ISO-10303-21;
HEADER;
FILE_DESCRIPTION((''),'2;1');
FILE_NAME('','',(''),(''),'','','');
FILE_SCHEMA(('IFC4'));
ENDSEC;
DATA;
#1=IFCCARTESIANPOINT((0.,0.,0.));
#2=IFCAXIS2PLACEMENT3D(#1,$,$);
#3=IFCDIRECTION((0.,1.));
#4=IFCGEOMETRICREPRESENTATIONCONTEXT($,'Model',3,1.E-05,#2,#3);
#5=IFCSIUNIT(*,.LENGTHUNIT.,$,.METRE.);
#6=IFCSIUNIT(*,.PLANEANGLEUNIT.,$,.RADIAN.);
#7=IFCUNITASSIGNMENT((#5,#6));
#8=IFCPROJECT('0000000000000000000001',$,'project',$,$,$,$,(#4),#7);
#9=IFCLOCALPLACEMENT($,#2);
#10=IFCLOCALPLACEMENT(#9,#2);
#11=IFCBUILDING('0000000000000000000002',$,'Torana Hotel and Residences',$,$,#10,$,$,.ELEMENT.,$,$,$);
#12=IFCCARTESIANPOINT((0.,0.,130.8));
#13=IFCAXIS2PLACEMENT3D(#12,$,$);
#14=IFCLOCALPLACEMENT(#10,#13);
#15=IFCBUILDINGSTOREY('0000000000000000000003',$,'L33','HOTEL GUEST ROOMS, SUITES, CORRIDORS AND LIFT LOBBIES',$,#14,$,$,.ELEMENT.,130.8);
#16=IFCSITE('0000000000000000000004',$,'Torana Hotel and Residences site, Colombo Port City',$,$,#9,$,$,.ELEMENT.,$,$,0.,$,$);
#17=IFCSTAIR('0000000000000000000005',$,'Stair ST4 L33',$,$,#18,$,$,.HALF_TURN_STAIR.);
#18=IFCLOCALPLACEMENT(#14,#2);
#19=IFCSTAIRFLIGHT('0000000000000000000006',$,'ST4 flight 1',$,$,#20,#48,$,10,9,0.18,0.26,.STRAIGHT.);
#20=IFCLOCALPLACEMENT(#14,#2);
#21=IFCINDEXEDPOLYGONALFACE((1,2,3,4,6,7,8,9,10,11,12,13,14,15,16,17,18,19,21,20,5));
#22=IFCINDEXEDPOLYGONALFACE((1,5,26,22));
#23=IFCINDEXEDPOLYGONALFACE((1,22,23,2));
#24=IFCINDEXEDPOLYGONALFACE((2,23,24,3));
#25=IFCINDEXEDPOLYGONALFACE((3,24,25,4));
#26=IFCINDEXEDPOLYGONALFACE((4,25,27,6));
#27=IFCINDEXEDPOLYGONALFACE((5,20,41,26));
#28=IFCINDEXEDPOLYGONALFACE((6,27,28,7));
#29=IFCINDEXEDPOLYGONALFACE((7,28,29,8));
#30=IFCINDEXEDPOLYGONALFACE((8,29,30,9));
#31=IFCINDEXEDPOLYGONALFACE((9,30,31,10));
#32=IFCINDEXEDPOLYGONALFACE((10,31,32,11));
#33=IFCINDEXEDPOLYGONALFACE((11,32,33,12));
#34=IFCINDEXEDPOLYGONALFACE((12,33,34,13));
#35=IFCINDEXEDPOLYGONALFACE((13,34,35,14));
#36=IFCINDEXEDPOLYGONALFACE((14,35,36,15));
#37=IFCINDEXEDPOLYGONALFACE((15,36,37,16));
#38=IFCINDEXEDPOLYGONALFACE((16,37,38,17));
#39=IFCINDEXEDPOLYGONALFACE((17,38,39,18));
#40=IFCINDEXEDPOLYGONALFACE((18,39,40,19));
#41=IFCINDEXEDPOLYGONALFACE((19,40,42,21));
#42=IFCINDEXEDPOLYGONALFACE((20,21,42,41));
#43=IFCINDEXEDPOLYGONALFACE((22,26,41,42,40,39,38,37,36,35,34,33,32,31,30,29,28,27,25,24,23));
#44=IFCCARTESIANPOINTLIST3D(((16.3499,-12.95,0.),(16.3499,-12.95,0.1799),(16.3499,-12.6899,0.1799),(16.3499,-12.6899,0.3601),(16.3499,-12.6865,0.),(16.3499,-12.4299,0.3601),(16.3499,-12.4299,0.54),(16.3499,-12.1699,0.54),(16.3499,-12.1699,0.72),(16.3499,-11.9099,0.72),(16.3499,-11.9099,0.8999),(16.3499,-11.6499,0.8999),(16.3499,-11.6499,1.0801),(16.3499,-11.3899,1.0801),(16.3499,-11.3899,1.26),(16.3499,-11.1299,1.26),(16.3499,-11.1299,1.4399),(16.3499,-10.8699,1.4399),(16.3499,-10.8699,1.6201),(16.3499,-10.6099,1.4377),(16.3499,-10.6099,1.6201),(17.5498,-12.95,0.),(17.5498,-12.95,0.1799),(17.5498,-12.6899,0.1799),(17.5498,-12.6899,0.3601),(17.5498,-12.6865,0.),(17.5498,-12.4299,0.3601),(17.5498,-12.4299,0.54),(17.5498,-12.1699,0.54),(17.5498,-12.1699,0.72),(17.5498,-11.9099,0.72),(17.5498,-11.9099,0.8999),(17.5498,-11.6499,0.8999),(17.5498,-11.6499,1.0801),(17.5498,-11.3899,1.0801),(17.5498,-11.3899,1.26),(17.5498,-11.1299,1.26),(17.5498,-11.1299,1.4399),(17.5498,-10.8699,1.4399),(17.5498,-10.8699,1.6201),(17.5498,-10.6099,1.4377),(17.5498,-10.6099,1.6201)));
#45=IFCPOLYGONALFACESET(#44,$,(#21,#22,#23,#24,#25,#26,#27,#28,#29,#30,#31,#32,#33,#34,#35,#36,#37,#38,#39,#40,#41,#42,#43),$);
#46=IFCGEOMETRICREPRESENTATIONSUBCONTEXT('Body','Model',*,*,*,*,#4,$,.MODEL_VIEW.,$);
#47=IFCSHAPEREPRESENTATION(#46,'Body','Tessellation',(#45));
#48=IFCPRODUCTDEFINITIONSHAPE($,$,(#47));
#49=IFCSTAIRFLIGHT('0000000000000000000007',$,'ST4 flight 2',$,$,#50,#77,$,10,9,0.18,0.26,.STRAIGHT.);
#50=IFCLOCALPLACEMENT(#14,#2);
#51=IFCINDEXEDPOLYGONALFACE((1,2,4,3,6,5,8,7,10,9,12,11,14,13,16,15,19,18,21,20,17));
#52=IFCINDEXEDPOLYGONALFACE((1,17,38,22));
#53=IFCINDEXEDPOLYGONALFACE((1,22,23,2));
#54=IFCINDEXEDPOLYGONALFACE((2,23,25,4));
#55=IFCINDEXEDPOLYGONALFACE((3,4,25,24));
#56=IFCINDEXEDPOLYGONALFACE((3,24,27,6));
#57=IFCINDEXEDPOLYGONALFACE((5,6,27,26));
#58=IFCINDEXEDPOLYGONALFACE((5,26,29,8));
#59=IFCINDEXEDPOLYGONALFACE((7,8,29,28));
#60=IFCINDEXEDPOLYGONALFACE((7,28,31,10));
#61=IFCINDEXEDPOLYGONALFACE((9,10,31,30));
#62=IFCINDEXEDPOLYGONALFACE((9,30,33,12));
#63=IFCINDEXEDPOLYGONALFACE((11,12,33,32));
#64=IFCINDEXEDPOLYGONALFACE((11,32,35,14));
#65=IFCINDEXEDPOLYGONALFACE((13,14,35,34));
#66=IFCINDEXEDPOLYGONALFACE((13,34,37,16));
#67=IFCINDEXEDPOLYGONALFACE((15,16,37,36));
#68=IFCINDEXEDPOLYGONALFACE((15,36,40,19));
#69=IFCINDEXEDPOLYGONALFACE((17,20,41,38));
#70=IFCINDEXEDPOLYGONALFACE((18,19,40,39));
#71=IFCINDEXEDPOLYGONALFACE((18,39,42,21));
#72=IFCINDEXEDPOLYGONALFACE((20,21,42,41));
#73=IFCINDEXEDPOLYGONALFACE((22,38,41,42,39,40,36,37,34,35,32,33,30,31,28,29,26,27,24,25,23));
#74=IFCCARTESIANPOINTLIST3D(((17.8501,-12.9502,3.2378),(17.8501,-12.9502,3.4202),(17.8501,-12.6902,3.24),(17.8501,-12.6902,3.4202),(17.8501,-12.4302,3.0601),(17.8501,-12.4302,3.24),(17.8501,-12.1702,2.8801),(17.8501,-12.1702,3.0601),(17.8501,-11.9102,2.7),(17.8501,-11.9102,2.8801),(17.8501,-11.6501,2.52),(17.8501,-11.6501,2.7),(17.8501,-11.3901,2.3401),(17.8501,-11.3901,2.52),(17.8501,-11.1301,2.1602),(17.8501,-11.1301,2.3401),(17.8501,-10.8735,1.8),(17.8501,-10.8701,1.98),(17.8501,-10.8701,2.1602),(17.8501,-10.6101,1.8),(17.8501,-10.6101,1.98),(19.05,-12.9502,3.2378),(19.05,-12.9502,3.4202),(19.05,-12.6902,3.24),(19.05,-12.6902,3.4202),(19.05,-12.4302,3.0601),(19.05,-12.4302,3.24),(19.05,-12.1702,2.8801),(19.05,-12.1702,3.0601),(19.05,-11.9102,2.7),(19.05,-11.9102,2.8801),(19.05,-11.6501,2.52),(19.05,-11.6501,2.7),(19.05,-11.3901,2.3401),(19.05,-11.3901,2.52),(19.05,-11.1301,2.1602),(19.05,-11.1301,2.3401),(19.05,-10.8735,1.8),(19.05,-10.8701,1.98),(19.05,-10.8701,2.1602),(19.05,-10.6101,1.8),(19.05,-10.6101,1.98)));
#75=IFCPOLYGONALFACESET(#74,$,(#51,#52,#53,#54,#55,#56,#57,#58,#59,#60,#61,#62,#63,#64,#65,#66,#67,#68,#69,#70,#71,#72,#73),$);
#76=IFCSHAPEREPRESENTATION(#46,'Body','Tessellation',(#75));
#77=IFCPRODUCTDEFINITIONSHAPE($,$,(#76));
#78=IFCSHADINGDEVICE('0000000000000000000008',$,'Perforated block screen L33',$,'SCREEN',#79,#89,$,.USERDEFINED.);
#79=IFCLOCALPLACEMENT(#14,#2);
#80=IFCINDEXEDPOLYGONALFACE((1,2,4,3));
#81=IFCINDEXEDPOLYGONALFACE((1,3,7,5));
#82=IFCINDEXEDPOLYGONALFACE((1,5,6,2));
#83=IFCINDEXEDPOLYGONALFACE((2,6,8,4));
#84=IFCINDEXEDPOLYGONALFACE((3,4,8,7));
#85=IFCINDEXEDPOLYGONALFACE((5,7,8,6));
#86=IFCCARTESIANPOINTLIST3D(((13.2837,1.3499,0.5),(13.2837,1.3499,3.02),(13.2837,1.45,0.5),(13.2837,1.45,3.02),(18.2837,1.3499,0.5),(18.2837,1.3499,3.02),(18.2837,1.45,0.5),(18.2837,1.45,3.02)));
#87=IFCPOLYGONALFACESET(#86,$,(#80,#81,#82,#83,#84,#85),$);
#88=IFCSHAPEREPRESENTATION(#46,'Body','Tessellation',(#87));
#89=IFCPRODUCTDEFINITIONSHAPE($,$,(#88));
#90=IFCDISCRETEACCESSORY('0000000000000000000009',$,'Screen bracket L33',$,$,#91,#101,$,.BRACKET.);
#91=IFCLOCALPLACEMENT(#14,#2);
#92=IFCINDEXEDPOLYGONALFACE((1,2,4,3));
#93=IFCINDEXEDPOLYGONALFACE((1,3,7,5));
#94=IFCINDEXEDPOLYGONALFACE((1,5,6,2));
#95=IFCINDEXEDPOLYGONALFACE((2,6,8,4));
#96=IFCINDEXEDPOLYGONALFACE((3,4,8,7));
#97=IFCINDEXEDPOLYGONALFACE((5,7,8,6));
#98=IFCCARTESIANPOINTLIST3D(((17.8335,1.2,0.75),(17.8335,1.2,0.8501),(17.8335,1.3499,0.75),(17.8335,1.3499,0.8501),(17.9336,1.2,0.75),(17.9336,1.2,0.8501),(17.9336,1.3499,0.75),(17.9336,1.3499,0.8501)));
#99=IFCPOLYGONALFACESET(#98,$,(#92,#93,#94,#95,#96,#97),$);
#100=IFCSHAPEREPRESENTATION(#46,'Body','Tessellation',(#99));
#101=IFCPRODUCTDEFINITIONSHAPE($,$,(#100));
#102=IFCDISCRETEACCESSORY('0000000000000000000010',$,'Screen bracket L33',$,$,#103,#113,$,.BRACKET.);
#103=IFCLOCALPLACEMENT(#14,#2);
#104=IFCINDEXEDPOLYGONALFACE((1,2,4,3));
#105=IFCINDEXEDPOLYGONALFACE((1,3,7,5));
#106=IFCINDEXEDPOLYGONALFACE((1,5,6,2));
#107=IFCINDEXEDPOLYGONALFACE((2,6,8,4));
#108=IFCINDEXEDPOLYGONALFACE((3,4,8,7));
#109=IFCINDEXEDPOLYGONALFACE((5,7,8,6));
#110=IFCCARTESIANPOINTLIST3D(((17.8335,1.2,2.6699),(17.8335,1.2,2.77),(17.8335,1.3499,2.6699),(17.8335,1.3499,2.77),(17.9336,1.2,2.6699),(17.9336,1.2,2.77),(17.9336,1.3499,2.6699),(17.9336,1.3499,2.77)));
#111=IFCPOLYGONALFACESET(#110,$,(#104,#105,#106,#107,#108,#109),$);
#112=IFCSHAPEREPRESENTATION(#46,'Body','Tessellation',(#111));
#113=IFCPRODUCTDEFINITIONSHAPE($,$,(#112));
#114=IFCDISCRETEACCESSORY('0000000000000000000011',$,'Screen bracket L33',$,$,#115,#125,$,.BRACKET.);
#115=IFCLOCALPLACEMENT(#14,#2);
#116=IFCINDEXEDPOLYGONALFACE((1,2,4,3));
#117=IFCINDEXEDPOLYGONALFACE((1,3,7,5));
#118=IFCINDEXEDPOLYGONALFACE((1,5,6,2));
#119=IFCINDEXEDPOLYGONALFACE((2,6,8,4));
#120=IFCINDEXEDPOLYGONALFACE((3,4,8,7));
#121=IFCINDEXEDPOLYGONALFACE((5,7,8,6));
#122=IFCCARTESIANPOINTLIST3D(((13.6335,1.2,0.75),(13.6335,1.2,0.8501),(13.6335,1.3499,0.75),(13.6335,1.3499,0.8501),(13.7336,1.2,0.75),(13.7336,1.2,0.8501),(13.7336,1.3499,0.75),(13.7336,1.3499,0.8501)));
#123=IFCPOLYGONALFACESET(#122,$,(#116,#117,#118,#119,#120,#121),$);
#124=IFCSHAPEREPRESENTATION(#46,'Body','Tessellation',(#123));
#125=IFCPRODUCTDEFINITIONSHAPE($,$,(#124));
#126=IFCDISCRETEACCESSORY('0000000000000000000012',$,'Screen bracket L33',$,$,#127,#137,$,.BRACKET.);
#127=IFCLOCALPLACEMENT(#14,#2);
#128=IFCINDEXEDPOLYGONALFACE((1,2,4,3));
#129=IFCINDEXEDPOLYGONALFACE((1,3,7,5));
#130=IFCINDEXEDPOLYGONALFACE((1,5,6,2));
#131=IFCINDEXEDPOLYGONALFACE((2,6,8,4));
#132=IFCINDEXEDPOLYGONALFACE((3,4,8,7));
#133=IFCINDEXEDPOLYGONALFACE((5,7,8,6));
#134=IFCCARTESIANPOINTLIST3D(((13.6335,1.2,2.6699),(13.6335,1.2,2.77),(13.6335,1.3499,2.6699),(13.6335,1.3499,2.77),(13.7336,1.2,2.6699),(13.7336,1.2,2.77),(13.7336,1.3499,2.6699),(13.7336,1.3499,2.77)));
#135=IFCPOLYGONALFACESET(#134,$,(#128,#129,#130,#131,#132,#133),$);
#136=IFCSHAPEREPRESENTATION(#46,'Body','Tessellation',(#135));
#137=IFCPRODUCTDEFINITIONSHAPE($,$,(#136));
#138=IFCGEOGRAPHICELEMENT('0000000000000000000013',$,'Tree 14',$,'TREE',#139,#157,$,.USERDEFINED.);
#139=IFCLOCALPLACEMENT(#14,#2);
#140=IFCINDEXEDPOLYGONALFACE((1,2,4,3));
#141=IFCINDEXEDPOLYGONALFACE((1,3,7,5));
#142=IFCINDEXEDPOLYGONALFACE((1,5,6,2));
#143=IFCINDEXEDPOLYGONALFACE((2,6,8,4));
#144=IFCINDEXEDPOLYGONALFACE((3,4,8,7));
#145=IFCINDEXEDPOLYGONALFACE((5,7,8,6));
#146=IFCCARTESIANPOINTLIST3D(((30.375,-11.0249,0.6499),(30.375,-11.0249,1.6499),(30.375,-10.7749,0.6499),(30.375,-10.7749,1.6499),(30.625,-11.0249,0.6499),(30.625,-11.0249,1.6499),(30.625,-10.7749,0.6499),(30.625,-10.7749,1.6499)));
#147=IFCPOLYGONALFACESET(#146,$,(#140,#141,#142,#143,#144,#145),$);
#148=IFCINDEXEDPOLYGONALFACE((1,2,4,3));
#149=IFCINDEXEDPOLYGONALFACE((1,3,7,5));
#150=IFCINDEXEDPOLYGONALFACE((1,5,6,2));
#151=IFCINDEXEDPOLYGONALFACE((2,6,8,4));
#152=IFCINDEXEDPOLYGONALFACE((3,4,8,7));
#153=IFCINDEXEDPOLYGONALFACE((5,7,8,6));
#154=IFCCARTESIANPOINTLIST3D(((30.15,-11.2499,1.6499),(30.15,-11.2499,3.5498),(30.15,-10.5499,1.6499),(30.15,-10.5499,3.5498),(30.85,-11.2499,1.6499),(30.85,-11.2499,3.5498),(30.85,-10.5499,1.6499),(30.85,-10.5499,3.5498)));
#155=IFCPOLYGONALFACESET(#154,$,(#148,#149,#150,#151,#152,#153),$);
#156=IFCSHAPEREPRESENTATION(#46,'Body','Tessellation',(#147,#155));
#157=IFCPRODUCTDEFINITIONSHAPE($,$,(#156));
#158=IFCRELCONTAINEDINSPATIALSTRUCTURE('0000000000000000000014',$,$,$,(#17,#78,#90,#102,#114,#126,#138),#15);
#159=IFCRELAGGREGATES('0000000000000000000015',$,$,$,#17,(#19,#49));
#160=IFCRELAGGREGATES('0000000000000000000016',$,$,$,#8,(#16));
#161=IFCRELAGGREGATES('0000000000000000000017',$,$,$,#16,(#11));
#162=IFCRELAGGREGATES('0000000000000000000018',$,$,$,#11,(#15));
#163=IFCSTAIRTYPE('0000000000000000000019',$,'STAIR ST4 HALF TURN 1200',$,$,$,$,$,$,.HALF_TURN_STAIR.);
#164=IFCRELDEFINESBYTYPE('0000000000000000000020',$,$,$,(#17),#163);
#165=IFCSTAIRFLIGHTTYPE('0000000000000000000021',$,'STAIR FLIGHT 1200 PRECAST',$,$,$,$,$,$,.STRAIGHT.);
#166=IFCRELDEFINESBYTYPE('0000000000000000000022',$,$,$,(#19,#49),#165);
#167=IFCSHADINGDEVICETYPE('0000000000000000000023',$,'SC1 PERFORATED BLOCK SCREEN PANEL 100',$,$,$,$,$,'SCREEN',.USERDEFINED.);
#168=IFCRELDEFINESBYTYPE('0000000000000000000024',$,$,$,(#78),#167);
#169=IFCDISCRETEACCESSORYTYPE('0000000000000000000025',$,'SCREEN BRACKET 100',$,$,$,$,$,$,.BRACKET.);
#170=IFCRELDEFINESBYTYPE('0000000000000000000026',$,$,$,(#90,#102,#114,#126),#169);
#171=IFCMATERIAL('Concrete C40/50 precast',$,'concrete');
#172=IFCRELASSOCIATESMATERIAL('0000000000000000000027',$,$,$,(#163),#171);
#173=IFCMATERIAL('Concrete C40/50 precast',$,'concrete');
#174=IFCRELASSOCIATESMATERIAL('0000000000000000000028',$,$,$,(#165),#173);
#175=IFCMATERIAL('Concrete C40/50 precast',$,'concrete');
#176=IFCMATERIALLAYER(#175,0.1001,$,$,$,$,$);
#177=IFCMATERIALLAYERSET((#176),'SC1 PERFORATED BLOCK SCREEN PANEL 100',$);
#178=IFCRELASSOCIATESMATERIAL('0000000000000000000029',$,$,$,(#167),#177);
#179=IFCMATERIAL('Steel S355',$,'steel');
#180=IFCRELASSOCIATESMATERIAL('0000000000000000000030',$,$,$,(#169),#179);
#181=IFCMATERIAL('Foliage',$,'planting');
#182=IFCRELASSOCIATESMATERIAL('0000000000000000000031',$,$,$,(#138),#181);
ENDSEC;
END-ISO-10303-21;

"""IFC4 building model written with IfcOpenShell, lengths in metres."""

from ifc_helpers import new_model, si_unit, direction, frame, origin, origin_2d, place, context, subcontext, project, spatial, polyline, rectangle, outline, extrude, material, layer, layer_set, type_object, element, aggregate, save


model = new_model("IFC4")

# Units and contexts
model_context = context("Model", 3, precision=1e-05, world=origin(), true_north=direction((0.0, 1.0)))
body_context = subcontext(model_context, "Body", "Model", "MODEL_VIEW")
ifc_project = project(units=[si_unit("LENGTHUNIT", "METRE"), si_unit("PLANEANGLEUNIT", "RADIAN")], contexts=[model_context])

# Site, building, storey
site_placement = place(None, origin())
site = spatial("IfcSite", under=ifc_project, at=site_placement, Name="Torana Hotel and Residences site, Colombo Port City", CompositionType="ELEMENT", RefElevation=0.0)
building_placement = place(site_placement, origin())
building = spatial("IfcBuilding", under=site, at=building_placement, Name="Torana Hotel and Residences", CompositionType="ELEMENT")
storey_placement = place(building_placement, frame((0.0, 0.0, 130.8)))
storey = spatial("IfcBuildingStorey", under=building, at=storey_placement, Name="L33", Description="HOTEL GUEST ROOMS, SUITES, CORRIDORS AND LIFT LOBBIES", CompositionType="ELEMENT", Elevation=130.8)

# Stair, stair flights
ifc_material_1 = material(Name="Concrete C40/50 precast", Category="concrete")
stair_type = type_object("IfcStairType", Name="STAIR ST4 HALF TURN 1200", PredefinedType="HALF_TURN_STAIR", material=ifc_material_1)
stair_placement = place(storey_placement, origin())
stair = element("IfcStair", 1, at=stair_placement, inside=storey, type_object=stair_type, Name="Stair ST4 L33", PredefinedType="HALF_TURN_STAIR")
ifc_material_2 = material(Name="Concrete C40/50 precast", Category="concrete")
stair_flight_type = type_object("IfcStairFlightType", Name="STAIR FLIGHT 1200 PRECAST", PredefinedType="STRAIGHT", material=ifc_material_2)
stair_flight_1_placement = place(storey_placement, frame((16.95, -12.95, 0.0), z_axis=(0.0, 0.0, 1.0), x_axis=(0.0, 1.0, 0.0)))
stair_flight_1 = element("IfcStairFlight", 2, at=stair_flight_1_placement, type_object=stair_flight_type, Name="ST4 flight 1", NumberOfRisers=10, NumberOfTreads=9, PredefinedType="STRAIGHT", RiserHeight=0.18, TreadLength=0.26, context=body_context, shape_type="SweptSolid", body=[
    extrude(outline(polyline([(0.0, 0.0), (0.0, 0.1799), (0.26, 0.1799), (0.26, 0.3601), (0.52, 0.3601), (0.52, 0.54), (0.78, 0.54), (0.78, 0.72), (1.04, 0.72), (1.04, 0.8999), (1.3, 0.8999), (1.3, 1.0801), (1.5601, 1.0801), (1.5601, 1.26), (1.8201, 1.26), (1.8201, 1.4399), (2.0801, 1.4399), (2.0801, 1.6201), (2.3401, 1.6201), (2.3401, 1.8), (2.3401, 1.4377), (0.2634, 0.0), (0.0, 0.0)])), frame((0.0, 0.6001, 0.0), z_axis=(0.0, -1.0, 0.0), x_axis=(1.0, 0.0, 0.0)), (0.0, 0.0, 1.0), 1.2),
])
stair_flight_2_placement = place(storey_placement, frame((18.45, -10.6101, 1.8), z_axis=(0.0, 0.0, 1.0), x_axis=(0.0, -1.0, 0.0)))
stair_flight_2 = element("IfcStairFlight", 3, at=stair_flight_2_placement, type_object=stair_flight_type, Name="ST4 flight 2", NumberOfRisers=10, NumberOfTreads=9, PredefinedType="STRAIGHT", RiserHeight=0.18, TreadLength=0.26, context=body_context, shape_type="SweptSolid", body=[
    extrude(outline(polyline([(0.0, 0.0), (0.0, 0.1799), (0.26, 0.1799), (0.26, 0.3601), (0.52, 0.3601), (0.52, 0.54), (0.78, 0.54), (0.78, 0.72), (1.04, 0.72), (1.04, 0.8999), (1.3, 0.8999), (1.3, 1.0801), (1.5601, 1.0801), (1.5601, 1.26), (1.8201, 1.26), (1.8201, 1.4399), (2.0801, 1.4399), (2.0801, 1.6201), (2.3401, 1.6201), (2.3401, 1.8), (2.3401, 1.4377), (0.2634, 0.0), (0.0, 0.0)])), frame((0.0, 0.6001, 0.0), z_axis=(0.0, -1.0, 0.0), x_axis=(1.0, 0.0, 0.0)), (0.0, 0.0, 1.0), 1.2),
])
aggregate(stair, [stair_flight_1, stair_flight_2])

# Shading device
ifc_material_3 = material(Name="Concrete C40/50 precast", Category="concrete")
ifc_layer_1 = layer(ifc_material_3, 0.1001)
ifc_layer_set_1 = layer_set([ifc_layer_1], Name="SC1 PERFORATED BLOCK SCREEN PANEL 100")
shading_device_type = type_object("IfcShadingDeviceType", Name="SC1 PERFORATED BLOCK SCREEN PANEL 100", ElementType="SCREEN", PredefinedType="USERDEFINED", material=ifc_layer_set_1)
shading_device_placement = place(storey_placement, frame((15.7837, 1.3999, 0.5), z_axis=(0.0, 0.0, 1.0), x_axis=(-1.0, 0.0, 0.0)))
element("IfcShadingDevice", 4, at=shading_device_placement, inside=storey, type_object=shading_device_type, Name="Perforated block screen L33", ObjectType="SCREEN", PredefinedType="USERDEFINED", context=body_context, shape_type="SweptSolid", body=[
    extrude(rectangle(XDim=5.0, YDim=0.1001, at=origin_2d()), origin(), (0.0, 0.0, 1.0), 2.52),
])

# Discrete accessories
ifc_material_4 = material(Name="Steel S355", Category="steel")
discrete_accessory_type = type_object("IfcDiscreteAccessoryType", Name="SCREEN BRACKET 100", PredefinedType="BRACKET", material=ifc_material_4)
for number, where, z_axis, x_axis, name in (
    (5, (17.8835, 1.2749, 0.75), (0.0, 0.0, 1.0), (-1.0, 0.0, 0.0), "Screen bracket L33"),
    (6, (17.8835, 1.2749, 2.6699), (0.0, 0.0, 1.0), (-1.0, 0.0, 0.0), "Screen bracket L33"),
    (7, (13.6836, 1.2749, 0.75), (0.0, 0.0, 1.0), (-1.0, 0.0, 0.0), "Screen bracket L33"),
    (8, (13.6836, 1.2749, 2.6699), (0.0, 0.0, 1.0), (-1.0, 0.0, 0.0), "Screen bracket L33"),
):
    element("IfcDiscreteAccessory", number, at=place(storey_placement, frame(where, z_axis=z_axis, x_axis=x_axis)), inside=storey, type_object=discrete_accessory_type, Name=name, PredefinedType="BRACKET", context=body_context, shape_type="SweptSolid", body=[
        extrude(rectangle(XDim=0.1001, YDim=0.1499, at=origin_2d()), origin(), (0.0, 0.0, 1.0), 0.1001),
    ])

# Geographic element
ifc_material_5 = material(Name="Foliage", Category="planting")
geographic_element_placement = place(storey_placement, frame((30.5, -10.8999, 0.6499), z_axis=(0.0, 0.0, 1.0), x_axis=(1.0, 0.0, 0.0)))
element("IfcGeographicElement", 9, at=geographic_element_placement, inside=storey, material=ifc_material_5, Name="Tree 14", ObjectType="TREE", PredefinedType="USERDEFINED", context=body_context, shape_type="SweptSolid", body=[
    extrude(rectangle(XDim=0.25, YDim=0.25, at=origin_2d()), origin(), (0.0, 0.0, 1.0), 1.0),
    extrude(rectangle(XDim=0.7, YDim=0.7, at=origin_2d()), frame((0.0, 0.0, 1.0)), (0.0, 0.0, 1.0), 1.8999),
])

save(model, "model.ifc")
